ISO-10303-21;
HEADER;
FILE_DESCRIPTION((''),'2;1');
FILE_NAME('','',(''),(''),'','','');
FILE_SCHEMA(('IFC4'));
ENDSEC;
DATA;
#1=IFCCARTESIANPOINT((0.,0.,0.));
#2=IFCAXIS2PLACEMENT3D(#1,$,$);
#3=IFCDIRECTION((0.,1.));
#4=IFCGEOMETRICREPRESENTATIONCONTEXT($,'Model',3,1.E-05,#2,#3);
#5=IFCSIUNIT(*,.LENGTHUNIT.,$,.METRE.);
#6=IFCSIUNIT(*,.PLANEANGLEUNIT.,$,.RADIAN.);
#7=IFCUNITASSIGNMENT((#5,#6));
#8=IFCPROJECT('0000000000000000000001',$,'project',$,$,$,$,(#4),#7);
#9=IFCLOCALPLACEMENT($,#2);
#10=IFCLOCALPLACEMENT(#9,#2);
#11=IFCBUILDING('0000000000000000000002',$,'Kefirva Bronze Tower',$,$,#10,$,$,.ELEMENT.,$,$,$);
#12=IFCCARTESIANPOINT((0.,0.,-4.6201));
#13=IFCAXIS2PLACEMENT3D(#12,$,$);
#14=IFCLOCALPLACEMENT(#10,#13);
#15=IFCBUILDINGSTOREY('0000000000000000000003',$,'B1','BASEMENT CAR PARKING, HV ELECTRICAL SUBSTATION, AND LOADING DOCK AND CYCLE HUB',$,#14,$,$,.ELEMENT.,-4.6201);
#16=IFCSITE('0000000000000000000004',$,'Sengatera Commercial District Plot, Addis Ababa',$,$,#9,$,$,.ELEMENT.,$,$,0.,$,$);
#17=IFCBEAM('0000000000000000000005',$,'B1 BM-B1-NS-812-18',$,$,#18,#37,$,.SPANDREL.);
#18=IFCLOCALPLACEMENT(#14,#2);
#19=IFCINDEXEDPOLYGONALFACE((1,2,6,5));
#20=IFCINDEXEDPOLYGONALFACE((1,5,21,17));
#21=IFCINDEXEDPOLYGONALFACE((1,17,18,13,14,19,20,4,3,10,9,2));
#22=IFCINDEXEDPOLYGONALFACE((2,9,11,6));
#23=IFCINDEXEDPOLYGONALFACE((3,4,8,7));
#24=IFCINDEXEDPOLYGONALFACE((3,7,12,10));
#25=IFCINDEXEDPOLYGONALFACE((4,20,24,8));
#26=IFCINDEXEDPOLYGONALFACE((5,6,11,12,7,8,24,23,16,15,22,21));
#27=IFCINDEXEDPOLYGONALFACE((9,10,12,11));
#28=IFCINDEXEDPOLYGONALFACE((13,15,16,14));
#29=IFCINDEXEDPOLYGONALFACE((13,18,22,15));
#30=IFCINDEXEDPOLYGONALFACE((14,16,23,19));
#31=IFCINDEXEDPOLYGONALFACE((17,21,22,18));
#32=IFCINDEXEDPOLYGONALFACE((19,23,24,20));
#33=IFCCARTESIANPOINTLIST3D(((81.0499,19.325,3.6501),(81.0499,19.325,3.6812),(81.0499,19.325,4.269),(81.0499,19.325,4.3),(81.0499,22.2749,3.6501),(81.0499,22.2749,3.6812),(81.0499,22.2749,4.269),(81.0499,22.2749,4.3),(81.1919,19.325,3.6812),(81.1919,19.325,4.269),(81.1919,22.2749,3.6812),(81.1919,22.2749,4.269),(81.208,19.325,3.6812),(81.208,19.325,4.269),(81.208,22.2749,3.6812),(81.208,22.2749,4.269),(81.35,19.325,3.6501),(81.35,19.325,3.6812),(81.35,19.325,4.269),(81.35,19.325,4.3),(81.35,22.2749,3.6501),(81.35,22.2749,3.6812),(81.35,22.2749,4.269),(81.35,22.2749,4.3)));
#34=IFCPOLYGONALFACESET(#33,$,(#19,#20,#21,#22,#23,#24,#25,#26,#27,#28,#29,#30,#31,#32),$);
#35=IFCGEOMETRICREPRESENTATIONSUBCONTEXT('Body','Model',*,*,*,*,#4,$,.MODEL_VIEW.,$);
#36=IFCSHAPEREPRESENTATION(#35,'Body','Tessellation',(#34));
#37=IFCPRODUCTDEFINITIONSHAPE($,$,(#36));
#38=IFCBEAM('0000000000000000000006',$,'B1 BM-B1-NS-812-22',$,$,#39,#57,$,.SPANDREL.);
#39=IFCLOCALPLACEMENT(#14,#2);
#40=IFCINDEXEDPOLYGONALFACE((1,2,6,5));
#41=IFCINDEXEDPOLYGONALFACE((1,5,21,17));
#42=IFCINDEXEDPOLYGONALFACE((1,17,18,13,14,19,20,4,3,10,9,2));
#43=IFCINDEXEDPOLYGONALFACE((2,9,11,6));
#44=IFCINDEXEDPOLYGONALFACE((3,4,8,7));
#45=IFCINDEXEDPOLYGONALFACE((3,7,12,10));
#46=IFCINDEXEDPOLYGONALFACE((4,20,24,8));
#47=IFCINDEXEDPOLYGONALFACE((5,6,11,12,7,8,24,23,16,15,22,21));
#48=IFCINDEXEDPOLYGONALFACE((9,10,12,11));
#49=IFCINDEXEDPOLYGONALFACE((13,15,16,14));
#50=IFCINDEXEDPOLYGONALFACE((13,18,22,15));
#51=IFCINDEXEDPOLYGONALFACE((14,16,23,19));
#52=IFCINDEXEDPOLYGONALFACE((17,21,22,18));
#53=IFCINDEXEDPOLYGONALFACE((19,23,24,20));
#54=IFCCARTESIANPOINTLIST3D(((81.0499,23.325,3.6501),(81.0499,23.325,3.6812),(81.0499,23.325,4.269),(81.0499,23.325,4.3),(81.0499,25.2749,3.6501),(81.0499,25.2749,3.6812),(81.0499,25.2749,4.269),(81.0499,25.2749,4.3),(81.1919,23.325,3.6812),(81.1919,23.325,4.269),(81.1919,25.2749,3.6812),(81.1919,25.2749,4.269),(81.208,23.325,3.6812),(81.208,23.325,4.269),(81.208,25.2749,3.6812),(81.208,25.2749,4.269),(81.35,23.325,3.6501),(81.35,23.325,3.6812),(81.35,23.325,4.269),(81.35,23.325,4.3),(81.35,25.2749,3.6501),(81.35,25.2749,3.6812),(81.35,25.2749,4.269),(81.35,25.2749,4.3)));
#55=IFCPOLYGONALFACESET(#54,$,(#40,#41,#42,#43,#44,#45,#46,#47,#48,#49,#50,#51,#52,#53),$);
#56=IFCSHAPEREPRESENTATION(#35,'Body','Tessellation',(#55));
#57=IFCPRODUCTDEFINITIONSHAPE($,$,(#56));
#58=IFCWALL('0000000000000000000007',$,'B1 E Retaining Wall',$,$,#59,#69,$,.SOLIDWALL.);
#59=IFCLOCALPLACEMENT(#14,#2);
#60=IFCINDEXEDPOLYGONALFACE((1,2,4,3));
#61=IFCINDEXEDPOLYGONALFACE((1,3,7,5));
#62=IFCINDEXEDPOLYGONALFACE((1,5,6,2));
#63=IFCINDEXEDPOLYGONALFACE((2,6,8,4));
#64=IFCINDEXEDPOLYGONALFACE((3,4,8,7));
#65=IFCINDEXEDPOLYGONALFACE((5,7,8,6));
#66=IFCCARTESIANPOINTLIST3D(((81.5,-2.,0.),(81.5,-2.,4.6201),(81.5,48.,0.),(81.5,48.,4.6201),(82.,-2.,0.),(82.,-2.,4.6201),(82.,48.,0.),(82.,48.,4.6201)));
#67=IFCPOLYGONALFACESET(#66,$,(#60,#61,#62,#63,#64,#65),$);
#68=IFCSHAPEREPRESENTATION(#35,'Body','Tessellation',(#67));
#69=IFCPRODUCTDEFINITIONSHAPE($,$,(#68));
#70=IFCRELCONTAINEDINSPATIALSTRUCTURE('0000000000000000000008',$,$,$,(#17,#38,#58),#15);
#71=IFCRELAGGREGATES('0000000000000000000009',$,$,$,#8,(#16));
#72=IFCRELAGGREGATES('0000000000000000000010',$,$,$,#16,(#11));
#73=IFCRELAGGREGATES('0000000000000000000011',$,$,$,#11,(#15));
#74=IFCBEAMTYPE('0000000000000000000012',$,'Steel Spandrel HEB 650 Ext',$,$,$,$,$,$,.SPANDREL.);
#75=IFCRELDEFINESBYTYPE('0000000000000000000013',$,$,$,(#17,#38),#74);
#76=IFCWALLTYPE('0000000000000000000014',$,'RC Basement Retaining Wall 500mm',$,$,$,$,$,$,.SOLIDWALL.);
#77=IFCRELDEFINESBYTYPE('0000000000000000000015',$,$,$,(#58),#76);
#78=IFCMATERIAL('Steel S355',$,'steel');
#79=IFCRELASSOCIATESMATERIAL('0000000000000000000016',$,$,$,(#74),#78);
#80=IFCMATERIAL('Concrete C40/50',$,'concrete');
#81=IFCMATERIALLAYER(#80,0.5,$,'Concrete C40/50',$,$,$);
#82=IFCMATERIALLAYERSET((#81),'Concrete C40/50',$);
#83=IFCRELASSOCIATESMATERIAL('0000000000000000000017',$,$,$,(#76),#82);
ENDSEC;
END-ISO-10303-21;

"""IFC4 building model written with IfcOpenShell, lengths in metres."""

from ifc_helpers import new_model, si_unit, direction, frame, frame_2d, origin, origin_2d, place, context, subcontext, project, spatial, rectangle, i_section, extrude, material, layer, layer_set, material_profile, profile_set, type_object, element, save


model = new_model("IFC4")

# Units and contexts
model_context = context("Model", 3, precision=1e-05, world=origin(), true_north=direction((0.0, 1.0)))
body_context = subcontext(model_context, "Body", "Model", "MODEL_VIEW")
ifc_project = project(units=[si_unit("LENGTHUNIT", "METRE"), si_unit("PLANEANGLEUNIT", "RADIAN")], contexts=[model_context])

# Site, building, storey
site_placement = place(None, origin())
site = spatial("IfcSite", under=ifc_project, at=site_placement, Name="Sengatera Commercial District Plot, Addis Ababa", CompositionType="ELEMENT", RefElevation=0.0)
building_placement = place(site_placement, origin())
building = spatial("IfcBuilding", under=site, at=building_placement, Name="Kefirva Bronze Tower", CompositionType="ELEMENT")
storey_placement = place(building_placement, frame((0.0, 0.0, -4.6201)))
storey = spatial("IfcBuildingStorey", under=building, at=storey_placement, Name="B1", Description="BASEMENT CAR PARKING, HV ELECTRICAL SUBSTATION, AND LOADING DOCK AND CYCLE HUB", CompositionType="ELEMENT", Elevation=-4.6201)

# Beams
ifc_material_1 = material(Name="Steel S355", Category="steel")
ifc_material_profile_1 = material_profile(ifc_material_1, i_section(OverallWidth=0.3, OverallDepth=0.6499, WebThickness=0.0161, FlangeThickness=0.031, at=origin_2d()), Name="HEB 650")
ifc_profile_set_1 = profile_set([ifc_material_profile_1], Name="Steel S355")
beam_type_1 = type_object("IfcBeamType", Name="Steel Spandrel HEB 650 Ext", PredefinedType="SPANDREL", material=ifc_profile_set_1)
beam_1_placement = place(storey_placement, frame((81.2, 19.325, 3.9751), z_axis=(0.0, 1.0, 0.0), x_axis=(-1.0, 0.0, 0.0)))
element("IfcBeam", 1, at=beam_1_placement, inside=storey, type_object=beam_type_1, Name="B1 BM-B1-NS-812-18", PredefinedType="SPANDREL", context=body_context, shape_type="SweptSolid", body=[
    extrude(i_section(OverallWidth=0.3, OverallDepth=0.6499, WebThickness=0.0161, FlangeThickness=0.031, at=origin_2d()), origin(), (0.0, 0.0, 1.0), 2.95),
])
beam_2_placement = place(storey_placement, frame((81.2, 23.325, 3.9751), z_axis=(0.0, 1.0, 0.0), x_axis=(-1.0, 0.0, 0.0)))
element("IfcBeam", 2, at=beam_2_placement, inside=storey, type_object=beam_type_1, Name="B1 BM-B1-NS-812-22", PredefinedType="SPANDREL", context=body_context, shape_type="SweptSolid", body=[
    extrude(i_section(OverallWidth=0.3, OverallDepth=0.6499, WebThickness=0.0161, FlangeThickness=0.031, at=origin_2d()), origin(), (0.0, 0.0, 1.0), 1.95),
])

# Wall
ifc_material_2 = material(Name="Concrete C40/50", Category="concrete")
ifc_layer = layer(ifc_material_2, 0.5, Name="Concrete C40/50")
ifc_layer_set = layer_set([ifc_layer], Name="Concrete C40/50")
wall_type = type_object("IfcWallType", Name="RC Basement Retaining Wall 500mm", PredefinedType="SOLIDWALL", material=ifc_layer_set)
wall_placement = place(storey_placement, frame((81.75, -2.0, 0.0), z_axis=(0.0, 0.0, 1.0), x_axis=(0.0, 1.0, 0.0)))
element("IfcWall", 3, at=wall_placement, inside=storey, type_object=wall_type, Name="B1 E Retaining Wall", PredefinedType="SOLIDWALL", context=body_context, shape_type="SweptSolid", body=[
    extrude(rectangle(XDim=50.0, YDim=0.5, at=frame_2d((25.0, 0.0))), origin(), (0.0, 0.0, 1.0), 4.6201),
])

save(model, "model.ifc")
